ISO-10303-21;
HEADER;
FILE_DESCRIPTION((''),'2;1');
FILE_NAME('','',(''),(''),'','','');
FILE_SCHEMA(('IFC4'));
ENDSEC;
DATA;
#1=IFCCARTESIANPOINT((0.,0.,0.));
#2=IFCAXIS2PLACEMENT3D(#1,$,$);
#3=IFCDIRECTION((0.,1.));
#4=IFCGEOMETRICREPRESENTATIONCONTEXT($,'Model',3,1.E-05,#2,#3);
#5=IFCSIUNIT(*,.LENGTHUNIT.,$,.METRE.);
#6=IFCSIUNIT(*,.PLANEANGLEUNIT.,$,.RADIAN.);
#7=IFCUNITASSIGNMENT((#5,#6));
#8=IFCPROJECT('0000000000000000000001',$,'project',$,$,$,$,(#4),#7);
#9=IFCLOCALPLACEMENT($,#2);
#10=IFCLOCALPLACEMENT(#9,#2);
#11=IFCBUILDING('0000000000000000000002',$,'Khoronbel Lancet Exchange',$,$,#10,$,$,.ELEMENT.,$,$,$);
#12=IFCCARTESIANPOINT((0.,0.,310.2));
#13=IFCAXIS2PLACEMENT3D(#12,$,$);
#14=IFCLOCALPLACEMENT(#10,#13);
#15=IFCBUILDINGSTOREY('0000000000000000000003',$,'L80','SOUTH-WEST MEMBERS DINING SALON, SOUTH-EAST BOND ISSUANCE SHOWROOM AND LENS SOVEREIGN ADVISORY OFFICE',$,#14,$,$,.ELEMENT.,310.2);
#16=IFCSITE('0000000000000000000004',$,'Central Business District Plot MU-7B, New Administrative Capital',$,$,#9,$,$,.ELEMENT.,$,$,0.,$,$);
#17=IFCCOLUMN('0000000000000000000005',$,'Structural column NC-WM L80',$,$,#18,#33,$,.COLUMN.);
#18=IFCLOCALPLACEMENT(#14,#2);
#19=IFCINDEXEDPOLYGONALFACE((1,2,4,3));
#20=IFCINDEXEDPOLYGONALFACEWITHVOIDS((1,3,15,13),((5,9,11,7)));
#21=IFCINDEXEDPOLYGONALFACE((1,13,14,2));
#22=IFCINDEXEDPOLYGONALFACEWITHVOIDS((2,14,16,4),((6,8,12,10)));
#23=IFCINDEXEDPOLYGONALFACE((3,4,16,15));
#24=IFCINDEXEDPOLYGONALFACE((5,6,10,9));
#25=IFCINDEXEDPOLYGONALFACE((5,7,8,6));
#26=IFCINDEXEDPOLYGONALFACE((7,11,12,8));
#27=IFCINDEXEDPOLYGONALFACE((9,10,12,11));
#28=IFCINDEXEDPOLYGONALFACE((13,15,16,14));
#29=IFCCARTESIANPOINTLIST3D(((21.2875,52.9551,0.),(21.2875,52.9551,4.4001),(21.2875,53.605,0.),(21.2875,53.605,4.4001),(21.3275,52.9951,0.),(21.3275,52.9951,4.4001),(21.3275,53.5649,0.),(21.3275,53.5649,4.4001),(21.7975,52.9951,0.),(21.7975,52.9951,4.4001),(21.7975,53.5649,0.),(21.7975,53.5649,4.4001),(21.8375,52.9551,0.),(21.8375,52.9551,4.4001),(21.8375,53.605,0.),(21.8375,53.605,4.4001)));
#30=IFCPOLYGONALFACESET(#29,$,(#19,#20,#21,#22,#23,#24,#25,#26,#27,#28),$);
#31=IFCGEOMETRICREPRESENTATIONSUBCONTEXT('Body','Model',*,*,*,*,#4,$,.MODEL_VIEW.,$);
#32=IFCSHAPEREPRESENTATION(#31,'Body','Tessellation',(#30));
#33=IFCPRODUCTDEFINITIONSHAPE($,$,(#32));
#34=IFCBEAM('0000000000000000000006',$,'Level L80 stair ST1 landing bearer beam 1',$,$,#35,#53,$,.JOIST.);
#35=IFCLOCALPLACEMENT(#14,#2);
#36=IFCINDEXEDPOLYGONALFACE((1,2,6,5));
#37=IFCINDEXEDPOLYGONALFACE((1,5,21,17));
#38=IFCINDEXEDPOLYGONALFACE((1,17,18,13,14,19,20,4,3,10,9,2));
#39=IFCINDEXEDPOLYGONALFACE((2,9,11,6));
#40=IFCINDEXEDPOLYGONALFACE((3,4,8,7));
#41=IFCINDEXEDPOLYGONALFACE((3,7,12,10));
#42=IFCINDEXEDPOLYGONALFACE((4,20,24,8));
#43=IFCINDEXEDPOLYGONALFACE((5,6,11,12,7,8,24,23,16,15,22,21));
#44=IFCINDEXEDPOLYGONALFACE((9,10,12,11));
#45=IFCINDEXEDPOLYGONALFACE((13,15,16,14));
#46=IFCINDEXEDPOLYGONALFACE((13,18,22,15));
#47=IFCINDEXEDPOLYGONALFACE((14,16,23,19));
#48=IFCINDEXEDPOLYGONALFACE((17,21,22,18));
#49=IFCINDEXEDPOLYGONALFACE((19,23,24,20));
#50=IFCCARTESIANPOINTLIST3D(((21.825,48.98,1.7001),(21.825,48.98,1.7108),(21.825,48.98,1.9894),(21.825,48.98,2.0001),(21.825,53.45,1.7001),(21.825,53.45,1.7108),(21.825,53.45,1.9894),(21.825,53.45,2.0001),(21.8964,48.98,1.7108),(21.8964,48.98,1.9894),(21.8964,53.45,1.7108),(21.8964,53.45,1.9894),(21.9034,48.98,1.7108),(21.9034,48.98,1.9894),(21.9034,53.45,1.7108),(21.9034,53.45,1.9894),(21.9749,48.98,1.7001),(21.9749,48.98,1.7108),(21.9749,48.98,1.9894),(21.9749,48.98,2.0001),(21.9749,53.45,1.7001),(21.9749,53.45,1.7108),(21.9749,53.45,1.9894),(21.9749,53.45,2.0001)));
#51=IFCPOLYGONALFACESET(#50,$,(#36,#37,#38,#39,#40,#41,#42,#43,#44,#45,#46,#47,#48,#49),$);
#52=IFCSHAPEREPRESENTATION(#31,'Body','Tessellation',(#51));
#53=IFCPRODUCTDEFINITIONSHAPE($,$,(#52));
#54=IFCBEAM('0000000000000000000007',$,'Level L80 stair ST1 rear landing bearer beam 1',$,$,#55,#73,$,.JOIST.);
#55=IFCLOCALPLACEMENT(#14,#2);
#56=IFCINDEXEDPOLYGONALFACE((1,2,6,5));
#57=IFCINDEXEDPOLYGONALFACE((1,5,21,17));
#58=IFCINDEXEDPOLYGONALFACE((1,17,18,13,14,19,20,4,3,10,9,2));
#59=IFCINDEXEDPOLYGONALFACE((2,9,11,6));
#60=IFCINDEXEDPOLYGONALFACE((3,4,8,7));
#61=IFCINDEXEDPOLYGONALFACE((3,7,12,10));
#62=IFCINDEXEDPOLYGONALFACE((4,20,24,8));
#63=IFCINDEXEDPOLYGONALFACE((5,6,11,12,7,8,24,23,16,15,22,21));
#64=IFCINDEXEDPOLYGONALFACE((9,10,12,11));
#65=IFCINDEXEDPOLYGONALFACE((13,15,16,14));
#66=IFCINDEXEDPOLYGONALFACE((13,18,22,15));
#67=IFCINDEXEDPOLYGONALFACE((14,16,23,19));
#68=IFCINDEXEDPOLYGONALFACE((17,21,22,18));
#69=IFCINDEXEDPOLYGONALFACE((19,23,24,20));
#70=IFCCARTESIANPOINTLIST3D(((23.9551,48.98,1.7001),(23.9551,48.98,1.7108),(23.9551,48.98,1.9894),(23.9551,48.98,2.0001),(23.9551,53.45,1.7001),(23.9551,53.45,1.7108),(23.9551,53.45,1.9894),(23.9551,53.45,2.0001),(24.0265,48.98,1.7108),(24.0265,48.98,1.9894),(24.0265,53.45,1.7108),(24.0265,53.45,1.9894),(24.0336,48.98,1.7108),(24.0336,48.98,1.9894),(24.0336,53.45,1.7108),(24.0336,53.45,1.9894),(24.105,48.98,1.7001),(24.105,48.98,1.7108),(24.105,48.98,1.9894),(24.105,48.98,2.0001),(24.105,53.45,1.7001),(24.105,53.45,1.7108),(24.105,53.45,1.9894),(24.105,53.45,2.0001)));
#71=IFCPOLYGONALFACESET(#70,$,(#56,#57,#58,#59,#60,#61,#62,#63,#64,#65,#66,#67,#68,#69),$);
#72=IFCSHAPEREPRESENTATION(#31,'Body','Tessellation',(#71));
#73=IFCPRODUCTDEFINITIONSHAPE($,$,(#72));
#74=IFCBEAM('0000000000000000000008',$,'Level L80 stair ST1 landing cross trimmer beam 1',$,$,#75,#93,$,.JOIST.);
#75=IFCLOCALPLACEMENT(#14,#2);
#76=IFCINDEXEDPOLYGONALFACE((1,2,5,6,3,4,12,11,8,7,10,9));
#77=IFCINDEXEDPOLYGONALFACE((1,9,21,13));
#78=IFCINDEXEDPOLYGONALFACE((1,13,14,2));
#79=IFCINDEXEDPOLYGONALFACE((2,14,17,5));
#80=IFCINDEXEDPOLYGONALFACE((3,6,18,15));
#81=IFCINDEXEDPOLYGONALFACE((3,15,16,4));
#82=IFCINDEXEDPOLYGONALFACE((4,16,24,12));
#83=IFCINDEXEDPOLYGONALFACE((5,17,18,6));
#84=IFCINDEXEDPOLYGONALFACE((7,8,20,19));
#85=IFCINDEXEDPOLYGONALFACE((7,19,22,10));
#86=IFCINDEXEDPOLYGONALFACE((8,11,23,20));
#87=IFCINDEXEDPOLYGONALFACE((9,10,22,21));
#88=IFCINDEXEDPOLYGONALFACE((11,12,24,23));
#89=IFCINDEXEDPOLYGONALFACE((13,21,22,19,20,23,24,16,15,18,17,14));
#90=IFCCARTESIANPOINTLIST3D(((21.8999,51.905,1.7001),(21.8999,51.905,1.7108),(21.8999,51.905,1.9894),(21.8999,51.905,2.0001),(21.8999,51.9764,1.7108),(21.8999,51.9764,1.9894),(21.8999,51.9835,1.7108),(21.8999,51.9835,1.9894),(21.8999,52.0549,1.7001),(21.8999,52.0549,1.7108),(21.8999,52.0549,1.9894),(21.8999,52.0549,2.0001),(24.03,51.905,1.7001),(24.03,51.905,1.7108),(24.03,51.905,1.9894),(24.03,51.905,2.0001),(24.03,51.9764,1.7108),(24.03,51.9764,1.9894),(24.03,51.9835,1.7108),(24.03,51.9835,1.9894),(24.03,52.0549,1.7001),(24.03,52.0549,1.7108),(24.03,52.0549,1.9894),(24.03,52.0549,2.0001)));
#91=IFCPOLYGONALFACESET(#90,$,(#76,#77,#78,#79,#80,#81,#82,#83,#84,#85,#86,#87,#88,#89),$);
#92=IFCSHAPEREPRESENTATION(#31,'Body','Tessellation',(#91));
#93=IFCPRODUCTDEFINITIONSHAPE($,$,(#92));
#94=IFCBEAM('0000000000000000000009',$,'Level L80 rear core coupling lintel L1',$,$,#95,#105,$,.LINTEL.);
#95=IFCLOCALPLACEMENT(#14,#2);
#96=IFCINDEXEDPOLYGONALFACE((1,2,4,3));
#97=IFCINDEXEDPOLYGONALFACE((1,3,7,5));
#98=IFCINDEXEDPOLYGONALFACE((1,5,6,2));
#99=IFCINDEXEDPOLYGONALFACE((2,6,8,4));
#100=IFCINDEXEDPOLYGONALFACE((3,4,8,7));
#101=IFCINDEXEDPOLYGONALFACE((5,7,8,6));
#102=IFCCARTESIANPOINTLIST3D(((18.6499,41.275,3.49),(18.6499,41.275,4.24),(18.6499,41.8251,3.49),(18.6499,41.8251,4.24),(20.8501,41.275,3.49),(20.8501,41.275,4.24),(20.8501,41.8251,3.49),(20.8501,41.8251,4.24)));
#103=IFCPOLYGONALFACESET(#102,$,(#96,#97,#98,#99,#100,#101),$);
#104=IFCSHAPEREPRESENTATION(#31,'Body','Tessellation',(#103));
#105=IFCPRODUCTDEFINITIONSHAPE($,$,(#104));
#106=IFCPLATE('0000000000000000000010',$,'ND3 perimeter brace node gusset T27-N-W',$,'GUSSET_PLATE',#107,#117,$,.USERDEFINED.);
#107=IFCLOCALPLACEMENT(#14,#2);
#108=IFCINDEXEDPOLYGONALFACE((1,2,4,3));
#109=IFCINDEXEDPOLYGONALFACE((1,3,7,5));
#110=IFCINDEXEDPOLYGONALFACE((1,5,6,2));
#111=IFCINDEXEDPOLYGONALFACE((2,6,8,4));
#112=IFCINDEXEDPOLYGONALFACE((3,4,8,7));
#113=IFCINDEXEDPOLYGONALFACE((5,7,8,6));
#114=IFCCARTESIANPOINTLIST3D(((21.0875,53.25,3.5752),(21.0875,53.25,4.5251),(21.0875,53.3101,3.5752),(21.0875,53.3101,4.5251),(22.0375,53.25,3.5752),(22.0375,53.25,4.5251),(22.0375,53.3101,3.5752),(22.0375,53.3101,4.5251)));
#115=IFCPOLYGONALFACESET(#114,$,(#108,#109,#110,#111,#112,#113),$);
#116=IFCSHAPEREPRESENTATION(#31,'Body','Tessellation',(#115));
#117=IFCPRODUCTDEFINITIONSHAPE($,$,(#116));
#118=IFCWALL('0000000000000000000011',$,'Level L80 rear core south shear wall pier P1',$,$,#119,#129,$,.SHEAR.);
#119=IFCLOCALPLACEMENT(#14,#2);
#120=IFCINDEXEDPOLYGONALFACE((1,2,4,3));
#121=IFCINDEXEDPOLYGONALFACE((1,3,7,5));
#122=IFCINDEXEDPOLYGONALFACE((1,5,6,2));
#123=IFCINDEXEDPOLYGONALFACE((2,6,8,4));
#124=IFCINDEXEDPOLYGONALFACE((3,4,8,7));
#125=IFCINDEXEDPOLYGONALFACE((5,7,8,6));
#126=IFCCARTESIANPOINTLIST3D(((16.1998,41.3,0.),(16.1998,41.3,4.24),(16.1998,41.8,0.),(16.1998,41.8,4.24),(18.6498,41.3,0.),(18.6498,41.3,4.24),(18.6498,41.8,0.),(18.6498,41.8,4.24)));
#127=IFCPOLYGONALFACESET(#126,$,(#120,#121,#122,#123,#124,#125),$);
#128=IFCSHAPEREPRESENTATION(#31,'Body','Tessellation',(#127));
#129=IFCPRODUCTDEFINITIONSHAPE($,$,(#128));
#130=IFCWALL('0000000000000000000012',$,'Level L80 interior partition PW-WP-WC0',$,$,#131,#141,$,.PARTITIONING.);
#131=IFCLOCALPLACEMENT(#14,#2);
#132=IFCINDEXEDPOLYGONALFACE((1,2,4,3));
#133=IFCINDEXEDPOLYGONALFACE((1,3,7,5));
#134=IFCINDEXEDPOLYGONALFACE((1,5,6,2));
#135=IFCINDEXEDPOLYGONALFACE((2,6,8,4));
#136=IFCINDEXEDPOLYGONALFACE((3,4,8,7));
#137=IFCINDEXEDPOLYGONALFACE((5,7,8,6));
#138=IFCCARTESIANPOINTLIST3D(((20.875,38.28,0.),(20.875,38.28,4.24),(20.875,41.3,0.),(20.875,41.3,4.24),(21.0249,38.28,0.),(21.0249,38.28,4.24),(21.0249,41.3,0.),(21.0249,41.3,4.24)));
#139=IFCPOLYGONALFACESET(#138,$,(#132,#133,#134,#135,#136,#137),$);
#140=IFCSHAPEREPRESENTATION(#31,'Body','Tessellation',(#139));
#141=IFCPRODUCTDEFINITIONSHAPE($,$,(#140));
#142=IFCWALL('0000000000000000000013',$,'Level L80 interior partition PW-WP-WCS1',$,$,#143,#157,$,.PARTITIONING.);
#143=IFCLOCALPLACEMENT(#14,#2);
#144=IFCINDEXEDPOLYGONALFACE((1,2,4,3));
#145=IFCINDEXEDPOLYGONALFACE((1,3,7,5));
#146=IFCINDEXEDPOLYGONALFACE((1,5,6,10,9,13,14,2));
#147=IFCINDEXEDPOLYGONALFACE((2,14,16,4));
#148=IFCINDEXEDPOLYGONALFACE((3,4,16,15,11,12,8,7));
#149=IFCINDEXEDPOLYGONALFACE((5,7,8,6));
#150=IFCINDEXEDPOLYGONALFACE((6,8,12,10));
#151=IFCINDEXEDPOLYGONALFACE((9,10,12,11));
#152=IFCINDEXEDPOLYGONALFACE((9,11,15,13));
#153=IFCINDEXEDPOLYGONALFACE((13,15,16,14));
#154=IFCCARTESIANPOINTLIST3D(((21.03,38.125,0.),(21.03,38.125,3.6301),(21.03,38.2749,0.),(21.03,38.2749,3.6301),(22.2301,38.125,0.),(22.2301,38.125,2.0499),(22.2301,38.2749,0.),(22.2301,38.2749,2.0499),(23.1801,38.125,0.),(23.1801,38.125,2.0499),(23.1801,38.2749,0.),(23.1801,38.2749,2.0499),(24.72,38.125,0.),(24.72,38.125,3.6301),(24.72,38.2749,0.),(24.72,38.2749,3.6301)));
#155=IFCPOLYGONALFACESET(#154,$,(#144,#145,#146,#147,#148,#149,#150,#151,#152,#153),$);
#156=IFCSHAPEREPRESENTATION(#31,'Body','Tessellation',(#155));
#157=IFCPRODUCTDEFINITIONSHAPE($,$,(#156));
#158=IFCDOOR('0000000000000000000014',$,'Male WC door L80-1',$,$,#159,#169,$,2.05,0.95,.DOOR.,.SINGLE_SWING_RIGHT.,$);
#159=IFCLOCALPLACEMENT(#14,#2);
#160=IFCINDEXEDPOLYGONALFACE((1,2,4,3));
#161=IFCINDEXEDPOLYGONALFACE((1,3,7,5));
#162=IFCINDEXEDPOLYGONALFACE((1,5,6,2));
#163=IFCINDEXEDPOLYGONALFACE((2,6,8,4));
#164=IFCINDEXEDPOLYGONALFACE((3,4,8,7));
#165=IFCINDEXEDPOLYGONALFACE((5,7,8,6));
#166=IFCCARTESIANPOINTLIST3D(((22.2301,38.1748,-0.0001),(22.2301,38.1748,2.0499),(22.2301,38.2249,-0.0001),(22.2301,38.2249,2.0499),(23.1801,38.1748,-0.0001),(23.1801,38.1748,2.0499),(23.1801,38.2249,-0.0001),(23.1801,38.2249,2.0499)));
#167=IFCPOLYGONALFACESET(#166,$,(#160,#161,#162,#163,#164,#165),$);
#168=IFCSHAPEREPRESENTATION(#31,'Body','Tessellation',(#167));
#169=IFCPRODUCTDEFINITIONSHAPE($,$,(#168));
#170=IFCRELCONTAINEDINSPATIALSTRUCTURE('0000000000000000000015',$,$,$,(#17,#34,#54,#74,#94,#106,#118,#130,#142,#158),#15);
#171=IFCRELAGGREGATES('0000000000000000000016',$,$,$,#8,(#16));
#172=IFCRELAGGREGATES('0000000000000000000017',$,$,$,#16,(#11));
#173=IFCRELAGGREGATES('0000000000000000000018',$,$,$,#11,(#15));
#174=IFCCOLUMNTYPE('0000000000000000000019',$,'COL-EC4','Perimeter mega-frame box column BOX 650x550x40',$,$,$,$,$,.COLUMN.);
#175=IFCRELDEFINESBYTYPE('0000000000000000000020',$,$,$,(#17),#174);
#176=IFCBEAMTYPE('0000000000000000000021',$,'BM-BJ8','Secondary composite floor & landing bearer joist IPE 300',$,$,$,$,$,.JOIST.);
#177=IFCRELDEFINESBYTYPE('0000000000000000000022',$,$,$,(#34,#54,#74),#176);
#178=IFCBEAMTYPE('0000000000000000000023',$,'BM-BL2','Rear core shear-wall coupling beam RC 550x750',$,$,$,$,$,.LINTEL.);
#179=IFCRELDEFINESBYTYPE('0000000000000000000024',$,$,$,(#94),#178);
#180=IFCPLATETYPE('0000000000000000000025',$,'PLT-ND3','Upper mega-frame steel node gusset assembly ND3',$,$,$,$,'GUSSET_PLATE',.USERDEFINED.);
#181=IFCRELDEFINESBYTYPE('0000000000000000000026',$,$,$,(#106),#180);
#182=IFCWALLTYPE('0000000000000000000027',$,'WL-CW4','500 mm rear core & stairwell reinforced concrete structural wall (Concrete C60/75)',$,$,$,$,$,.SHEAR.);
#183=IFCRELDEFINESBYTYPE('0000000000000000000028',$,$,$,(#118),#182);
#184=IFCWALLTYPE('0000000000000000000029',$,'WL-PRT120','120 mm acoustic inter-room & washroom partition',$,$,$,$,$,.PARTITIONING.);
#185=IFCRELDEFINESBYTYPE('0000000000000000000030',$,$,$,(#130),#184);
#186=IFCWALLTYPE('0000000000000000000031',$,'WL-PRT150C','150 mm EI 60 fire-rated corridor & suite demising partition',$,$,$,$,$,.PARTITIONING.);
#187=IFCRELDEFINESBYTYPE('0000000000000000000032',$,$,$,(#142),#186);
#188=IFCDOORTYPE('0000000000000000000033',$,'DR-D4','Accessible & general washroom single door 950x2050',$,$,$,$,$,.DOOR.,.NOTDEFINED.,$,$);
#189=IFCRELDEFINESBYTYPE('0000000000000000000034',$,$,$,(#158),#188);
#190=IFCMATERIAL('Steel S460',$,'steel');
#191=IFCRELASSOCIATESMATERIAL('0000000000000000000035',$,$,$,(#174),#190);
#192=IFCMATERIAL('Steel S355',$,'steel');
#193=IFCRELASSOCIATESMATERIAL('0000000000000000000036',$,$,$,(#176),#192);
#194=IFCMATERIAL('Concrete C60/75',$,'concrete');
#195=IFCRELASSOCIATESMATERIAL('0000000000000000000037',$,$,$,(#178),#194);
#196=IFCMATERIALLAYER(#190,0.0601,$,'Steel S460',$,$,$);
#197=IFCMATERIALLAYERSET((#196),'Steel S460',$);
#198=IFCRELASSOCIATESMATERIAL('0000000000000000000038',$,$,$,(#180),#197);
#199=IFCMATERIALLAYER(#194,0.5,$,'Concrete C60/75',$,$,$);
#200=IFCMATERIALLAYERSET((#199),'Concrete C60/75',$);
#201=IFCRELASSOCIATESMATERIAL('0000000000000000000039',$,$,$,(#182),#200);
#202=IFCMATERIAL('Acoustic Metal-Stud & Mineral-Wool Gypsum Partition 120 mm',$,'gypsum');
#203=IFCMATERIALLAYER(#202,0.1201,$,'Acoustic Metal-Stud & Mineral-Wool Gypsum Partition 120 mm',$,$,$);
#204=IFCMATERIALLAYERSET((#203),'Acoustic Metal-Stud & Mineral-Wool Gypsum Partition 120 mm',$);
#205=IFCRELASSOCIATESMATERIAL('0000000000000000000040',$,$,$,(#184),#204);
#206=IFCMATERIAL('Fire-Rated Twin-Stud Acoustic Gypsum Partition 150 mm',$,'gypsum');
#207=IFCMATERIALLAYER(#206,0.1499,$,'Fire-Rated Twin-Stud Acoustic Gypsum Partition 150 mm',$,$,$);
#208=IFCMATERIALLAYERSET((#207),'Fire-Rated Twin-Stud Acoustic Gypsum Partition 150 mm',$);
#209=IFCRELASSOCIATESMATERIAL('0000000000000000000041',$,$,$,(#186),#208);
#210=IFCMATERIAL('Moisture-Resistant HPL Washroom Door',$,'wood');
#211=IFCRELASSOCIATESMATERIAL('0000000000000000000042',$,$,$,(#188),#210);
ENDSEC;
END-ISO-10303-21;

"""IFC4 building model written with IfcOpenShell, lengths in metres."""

from ifc_helpers import new_model, si_unit, direction, frame, frame_2d, origin, origin_2d, place, context, subcontext, project, spatial, rectangle, hollow_rectangle, i_section, extrude, material, layer, layer_set, material_profile, profile_set, type_object, element, fill, save


model = new_model("IFC4")

# Units and contexts
model_context = context("Model", 3, precision=1e-05, world=origin(), true_north=direction((0.0, 1.0)))
body_context = subcontext(model_context, "Body", "Model", "MODEL_VIEW")
ifc_project = project(units=[si_unit("LENGTHUNIT", "METRE"), si_unit("PLANEANGLEUNIT", "RADIAN")], contexts=[model_context])

# Site, building, storey
site_placement = place(None, origin())
site = spatial("IfcSite", under=ifc_project, at=site_placement, Name="Central Business District Plot MU-7B, New Administrative Capital", CompositionType="ELEMENT", RefElevation=0.0)
building_placement = place(site_placement, origin())
building = spatial("IfcBuilding", under=site, at=building_placement, Name="Khoronbel Lancet Exchange", CompositionType="ELEMENT")
storey_placement = place(building_placement, frame((0.0, 0.0, 310.2)))
storey = spatial("IfcBuildingStorey", under=building, at=storey_placement, Name="L80", Description="SOUTH-WEST MEMBERS DINING SALON, SOUTH-EAST BOND ISSUANCE SHOWROOM AND LENS SOVEREIGN ADVISORY OFFICE", CompositionType="ELEMENT", Elevation=310.2)

# Column
ifc_material_1 = material(Name="Steel S460", Category="steel")
ifc_material_profile_1 = material_profile(ifc_material_1, hollow_rectangle(XDim=0.55, YDim=0.6499, WallThickness=0.04, at=origin_2d()), Name="BOX 650x550x40")
ifc_profile_set_1 = profile_set([ifc_material_profile_1], Name="Steel S460")
column_type = type_object("IfcColumnType", Name="COL-EC4", Description="Perimeter mega-frame box column BOX 650x550x40", PredefinedType="COLUMN", material=ifc_profile_set_1)
column_placement = place(storey_placement, frame((21.5625, 53.28, 0.0), z_axis=(0.0, 0.0, 1.0), x_axis=(1.0, 0.0, 0.0)))
element("IfcColumn", 1, at=column_placement, inside=storey, type_object=column_type, Name="Structural column NC-WM L80", PredefinedType="COLUMN", context=body_context, shape_type="SweptSolid", body=[
    extrude(hollow_rectangle(XDim=0.55, YDim=0.6499, WallThickness=0.04, at=origin_2d()), origin(), (0.0, 0.0, 1.0), 4.4001),
])

# Beams
ifc_material_2 = material(Name="Steel S355", Category="steel")
ifc_material_profile_2 = material_profile(ifc_material_2, i_section(OverallWidth=0.1499, OverallDepth=0.3, WebThickness=0.0071, FlangeThickness=0.0107, at=origin_2d()), Name="IPE 300")
ifc_profile_set_2 = profile_set([ifc_material_profile_2], Name="Steel S355")
beam_type_1 = type_object("IfcBeamType", Name="BM-BJ8", Description="Secondary composite floor & landing bearer joist IPE 300", PredefinedType="JOIST", material=ifc_profile_set_2)
for number, where, z_axis, x_axis, name in (
    (2, (21.8999, 48.98, 1.8501), (0.0, 1.0, 0.0), (-1.0, 0.0, 0.0), "Level L80 stair ST1 landing bearer beam 1"),
    (3, (24.03, 48.98, 1.8501), (0.0, 1.0, 0.0), (-1.0, 0.0, 0.0), "Level L80 stair ST1 rear landing bearer beam 1"),
):
    element("IfcBeam", number, at=place(storey_placement, frame(where, z_axis=z_axis, x_axis=x_axis)), inside=storey, type_object=beam_type_1, Name=name, PredefinedType="JOIST", context=body_context, shape_type="SweptSolid", body=[
        extrude(i_section(OverallWidth=0.1499, OverallDepth=0.3, WebThickness=0.0071, FlangeThickness=0.0107, at=origin_2d()), origin(), (0.0, 0.0, 1.0), 4.47),
    ])
beam_1_placement = place(storey_placement, frame((21.8999, 51.98, 1.8501), z_axis=(1.0, 0.0, 0.0), x_axis=(0.0, 1.0, 0.0)))
element("IfcBeam", 4, at=beam_1_placement, inside=storey, type_object=beam_type_1, Name="Level L80 stair ST1 landing cross trimmer beam 1", PredefinedType="JOIST", context=body_context, shape_type="SweptSolid", body=[
    extrude(i_section(OverallWidth=0.1499, OverallDepth=0.3, WebThickness=0.0071, FlangeThickness=0.0107, at=origin_2d()), origin(), (0.0, 0.0, 1.0), 2.1301),
])
ifc_material_3 = material(Name="Concrete C60/75", Category="concrete")
ifc_material_profile_3 = material_profile(ifc_material_3, rectangle(XDim=0.55, YDim=0.75, at=origin_2d()), Name="RC 550x750")
ifc_profile_set_3 = profile_set([ifc_material_profile_3], Name="Concrete C60/75")
beam_type_2 = type_object("IfcBeamType", Name="BM-BL2", Description="Rear core shear-wall coupling beam RC 550x750", PredefinedType="LINTEL", material=ifc_profile_set_3)
beam_2_placement = place(storey_placement, frame((18.6499, 41.55, 3.865), z_axis=(1.0, 0.0, 0.0), x_axis=(0.0, 1.0, 0.0)))
element("IfcBeam", 5, at=beam_2_placement, inside=storey, type_object=beam_type_2, Name="Level L80 rear core coupling lintel L1", PredefinedType="LINTEL", context=body_context, shape_type="SweptSolid", body=[
    extrude(rectangle(XDim=0.55, YDim=0.75, at=origin_2d()), origin(), (0.0, 0.0, 1.0), 2.2002),
])

# Plate
ifc_layer_1 = layer(ifc_material_1, 0.0601, Name="Steel S460")
ifc_layer_set_1 = layer_set([ifc_layer_1], Name="Steel S460")
plate_type = type_object("IfcPlateType", Name="PLT-ND3", Description="Upper mega-frame steel node gusset assembly ND3", ElementType="GUSSET_PLATE", PredefinedType="USERDEFINED", material=ifc_layer_set_1)
plate_placement = place(storey_placement, frame((21.5625, 53.28, 3.5752), z_axis=(0.0, 0.0, 1.0), x_axis=(1.0, 0.0, 0.0)))
element("IfcPlate", 6, at=plate_placement, inside=storey, type_object=plate_type, Name="ND3 perimeter brace node gusset T27-N-W", ObjectType="GUSSET_PLATE", PredefinedType="USERDEFINED", context=body_context, shape_type="SweptSolid", body=[
    extrude(rectangle(XDim=0.95, YDim=0.0601, at=origin_2d()), origin(), (0.0, 0.0, 1.0), 0.95),
])

# Walls
ifc_layer_2 = layer(ifc_material_3, 0.5, Name="Concrete C60/75")
ifc_layer_set_2 = layer_set([ifc_layer_2], Name="Concrete C60/75")
wall_type_1 = type_object("IfcWallType", Name="WL-CW4", Description="500 mm rear core & stairwell reinforced concrete structural wall (Concrete C60/75)", PredefinedType="SHEAR", material=ifc_layer_set_2)
wall_1_placement = place(storey_placement, frame((18.6499, 41.55, 0.0), z_axis=(0.0, 0.0, 1.0), x_axis=(-1.0, 0.0, 0.0)))
element("IfcWall", 7, at=wall_1_placement, inside=storey, type_object=wall_type_1, Name="Level L80 rear core south shear wall pier P1", PredefinedType="SHEAR", context=body_context, shape_type="SweptSolid", body=[
    extrude(rectangle(XDim=2.45, YDim=0.5, at=frame_2d((1.2251, 0.0))), origin(), (0.0, 0.0, 1.0), 4.24),
])
ifc_material_4 = material(Name="Acoustic Metal-Stud & Mineral-Wool Gypsum Partition 120 mm", Category="gypsum")
ifc_layer_3 = layer(ifc_material_4, 0.1201, Name="Acoustic Metal-Stud & Mineral-Wool Gypsum Partition 120 mm")
ifc_layer_set_3 = layer_set([ifc_layer_3], Name="Acoustic Metal-Stud & Mineral-Wool Gypsum Partition 120 mm")
wall_type_2 = type_object("IfcWallType", Name="WL-PRT120", Description="120 mm acoustic inter-room & washroom partition", PredefinedType="PARTITIONING", material=ifc_layer_set_3)
wall_2_placement = place(storey_placement, frame((20.95, 38.28, 0.0), z_axis=(0.0, 0.0, 1.0), x_axis=(0.0, 1.0, 0.0)))
element("IfcWall", 8, at=wall_2_placement, inside=storey, type_object=wall_type_2, Name="Level L80 interior partition PW-WP-WC0", PredefinedType="PARTITIONING", context=body_context, shape_type="SweptSolid", body=[
    extrude(rectangle(XDim=3.02, YDim=0.1499, at=frame_2d((1.51, 0.0))), origin(), (0.0, 0.0, 1.0), 4.24),
])

# Wall, opening, door
ifc_material_5 = material(Name="Fire-Rated Twin-Stud Acoustic Gypsum Partition 150 mm", Category="gypsum")
ifc_layer_4 = layer(ifc_material_5, 0.1499, Name="Fire-Rated Twin-Stud Acoustic Gypsum Partition 150 mm")
ifc_layer_set_4 = layer_set([ifc_layer_4], Name="Fire-Rated Twin-Stud Acoustic Gypsum Partition 150 mm")
wall_type_3 = type_object("IfcWallType", Name="WL-PRT150C", Description="150 mm EI 60 fire-rated corridor & suite demising partition", PredefinedType="PARTITIONING", material=ifc_layer_set_4)
wall_3_placement = place(storey_placement, frame((21.03, 38.2, 0.0), z_axis=(0.0, 0.0, 1.0), x_axis=(1.0, 0.0, 0.0)))
wall_3 = element("IfcWall", 9, at=wall_3_placement, inside=storey, type_object=wall_type_3, Name="Level L80 interior partition PW-WP-WCS1", PredefinedType="PARTITIONING", context=body_context, shape_type="SweptSolid", body=[
    extrude(rectangle(XDim=3.6899, YDim=0.1499, at=frame_2d((1.845, 0.0))), origin(), (0.0, 0.0, 1.0), 3.6301),
])
opening_1_placement = place(wall_3_placement, frame((1.2, 0.0, 0.0)))
opening_1 = element("IfcOpeningElement", 10, at=opening_1_placement, cuts=wall_3, PredefinedType="OPENING", context=body_context, shape_type="SweptSolid", body=[
    extrude(rectangle(XDim=0.95, YDim=2.05, at=frame_2d((0.4751, 1.0249))), frame((0.0, 0.085, 0.0), z_axis=(0.0, -1.0, 0.0), x_axis=(1.0, 0.0, 0.0)), (0.0, 0.0, 1.0), 0.1699),
])
ifc_material_6 = material(Name="Moisture-Resistant HPL Washroom Door", Category="wood")
door_type_1 = type_object("IfcDoorType", Name="DR-D4", Description="Accessible & general washroom single door 950x2050", OperationType="NOTDEFINED", PredefinedType="DOOR", material=ifc_material_6)
door_1_placement = place(opening_1_placement, origin())
door_1 = element("IfcDoor", 11, at=door_1_placement, inside=storey, type_object=door_type_1, Name="Male WC door L80-1", OperationType="SINGLE_SWING_RIGHT", OverallHeight=2.05, OverallWidth=0.95, PredefinedType="DOOR", context=body_context, shape_type="SweptSolid", body=[
    extrude(rectangle(XDim=0.95, YDim=2.05, at=frame_2d((0.4751, 1.0249))), frame((0.0, 0.0249, 0.0), z_axis=(0.0, -1.0, 0.0), x_axis=(1.0, 0.0, 0.0)), (0.0, 0.0, 1.0), 0.05),
])
fill(opening_1, door_1)

save(model, "model.ifc")
